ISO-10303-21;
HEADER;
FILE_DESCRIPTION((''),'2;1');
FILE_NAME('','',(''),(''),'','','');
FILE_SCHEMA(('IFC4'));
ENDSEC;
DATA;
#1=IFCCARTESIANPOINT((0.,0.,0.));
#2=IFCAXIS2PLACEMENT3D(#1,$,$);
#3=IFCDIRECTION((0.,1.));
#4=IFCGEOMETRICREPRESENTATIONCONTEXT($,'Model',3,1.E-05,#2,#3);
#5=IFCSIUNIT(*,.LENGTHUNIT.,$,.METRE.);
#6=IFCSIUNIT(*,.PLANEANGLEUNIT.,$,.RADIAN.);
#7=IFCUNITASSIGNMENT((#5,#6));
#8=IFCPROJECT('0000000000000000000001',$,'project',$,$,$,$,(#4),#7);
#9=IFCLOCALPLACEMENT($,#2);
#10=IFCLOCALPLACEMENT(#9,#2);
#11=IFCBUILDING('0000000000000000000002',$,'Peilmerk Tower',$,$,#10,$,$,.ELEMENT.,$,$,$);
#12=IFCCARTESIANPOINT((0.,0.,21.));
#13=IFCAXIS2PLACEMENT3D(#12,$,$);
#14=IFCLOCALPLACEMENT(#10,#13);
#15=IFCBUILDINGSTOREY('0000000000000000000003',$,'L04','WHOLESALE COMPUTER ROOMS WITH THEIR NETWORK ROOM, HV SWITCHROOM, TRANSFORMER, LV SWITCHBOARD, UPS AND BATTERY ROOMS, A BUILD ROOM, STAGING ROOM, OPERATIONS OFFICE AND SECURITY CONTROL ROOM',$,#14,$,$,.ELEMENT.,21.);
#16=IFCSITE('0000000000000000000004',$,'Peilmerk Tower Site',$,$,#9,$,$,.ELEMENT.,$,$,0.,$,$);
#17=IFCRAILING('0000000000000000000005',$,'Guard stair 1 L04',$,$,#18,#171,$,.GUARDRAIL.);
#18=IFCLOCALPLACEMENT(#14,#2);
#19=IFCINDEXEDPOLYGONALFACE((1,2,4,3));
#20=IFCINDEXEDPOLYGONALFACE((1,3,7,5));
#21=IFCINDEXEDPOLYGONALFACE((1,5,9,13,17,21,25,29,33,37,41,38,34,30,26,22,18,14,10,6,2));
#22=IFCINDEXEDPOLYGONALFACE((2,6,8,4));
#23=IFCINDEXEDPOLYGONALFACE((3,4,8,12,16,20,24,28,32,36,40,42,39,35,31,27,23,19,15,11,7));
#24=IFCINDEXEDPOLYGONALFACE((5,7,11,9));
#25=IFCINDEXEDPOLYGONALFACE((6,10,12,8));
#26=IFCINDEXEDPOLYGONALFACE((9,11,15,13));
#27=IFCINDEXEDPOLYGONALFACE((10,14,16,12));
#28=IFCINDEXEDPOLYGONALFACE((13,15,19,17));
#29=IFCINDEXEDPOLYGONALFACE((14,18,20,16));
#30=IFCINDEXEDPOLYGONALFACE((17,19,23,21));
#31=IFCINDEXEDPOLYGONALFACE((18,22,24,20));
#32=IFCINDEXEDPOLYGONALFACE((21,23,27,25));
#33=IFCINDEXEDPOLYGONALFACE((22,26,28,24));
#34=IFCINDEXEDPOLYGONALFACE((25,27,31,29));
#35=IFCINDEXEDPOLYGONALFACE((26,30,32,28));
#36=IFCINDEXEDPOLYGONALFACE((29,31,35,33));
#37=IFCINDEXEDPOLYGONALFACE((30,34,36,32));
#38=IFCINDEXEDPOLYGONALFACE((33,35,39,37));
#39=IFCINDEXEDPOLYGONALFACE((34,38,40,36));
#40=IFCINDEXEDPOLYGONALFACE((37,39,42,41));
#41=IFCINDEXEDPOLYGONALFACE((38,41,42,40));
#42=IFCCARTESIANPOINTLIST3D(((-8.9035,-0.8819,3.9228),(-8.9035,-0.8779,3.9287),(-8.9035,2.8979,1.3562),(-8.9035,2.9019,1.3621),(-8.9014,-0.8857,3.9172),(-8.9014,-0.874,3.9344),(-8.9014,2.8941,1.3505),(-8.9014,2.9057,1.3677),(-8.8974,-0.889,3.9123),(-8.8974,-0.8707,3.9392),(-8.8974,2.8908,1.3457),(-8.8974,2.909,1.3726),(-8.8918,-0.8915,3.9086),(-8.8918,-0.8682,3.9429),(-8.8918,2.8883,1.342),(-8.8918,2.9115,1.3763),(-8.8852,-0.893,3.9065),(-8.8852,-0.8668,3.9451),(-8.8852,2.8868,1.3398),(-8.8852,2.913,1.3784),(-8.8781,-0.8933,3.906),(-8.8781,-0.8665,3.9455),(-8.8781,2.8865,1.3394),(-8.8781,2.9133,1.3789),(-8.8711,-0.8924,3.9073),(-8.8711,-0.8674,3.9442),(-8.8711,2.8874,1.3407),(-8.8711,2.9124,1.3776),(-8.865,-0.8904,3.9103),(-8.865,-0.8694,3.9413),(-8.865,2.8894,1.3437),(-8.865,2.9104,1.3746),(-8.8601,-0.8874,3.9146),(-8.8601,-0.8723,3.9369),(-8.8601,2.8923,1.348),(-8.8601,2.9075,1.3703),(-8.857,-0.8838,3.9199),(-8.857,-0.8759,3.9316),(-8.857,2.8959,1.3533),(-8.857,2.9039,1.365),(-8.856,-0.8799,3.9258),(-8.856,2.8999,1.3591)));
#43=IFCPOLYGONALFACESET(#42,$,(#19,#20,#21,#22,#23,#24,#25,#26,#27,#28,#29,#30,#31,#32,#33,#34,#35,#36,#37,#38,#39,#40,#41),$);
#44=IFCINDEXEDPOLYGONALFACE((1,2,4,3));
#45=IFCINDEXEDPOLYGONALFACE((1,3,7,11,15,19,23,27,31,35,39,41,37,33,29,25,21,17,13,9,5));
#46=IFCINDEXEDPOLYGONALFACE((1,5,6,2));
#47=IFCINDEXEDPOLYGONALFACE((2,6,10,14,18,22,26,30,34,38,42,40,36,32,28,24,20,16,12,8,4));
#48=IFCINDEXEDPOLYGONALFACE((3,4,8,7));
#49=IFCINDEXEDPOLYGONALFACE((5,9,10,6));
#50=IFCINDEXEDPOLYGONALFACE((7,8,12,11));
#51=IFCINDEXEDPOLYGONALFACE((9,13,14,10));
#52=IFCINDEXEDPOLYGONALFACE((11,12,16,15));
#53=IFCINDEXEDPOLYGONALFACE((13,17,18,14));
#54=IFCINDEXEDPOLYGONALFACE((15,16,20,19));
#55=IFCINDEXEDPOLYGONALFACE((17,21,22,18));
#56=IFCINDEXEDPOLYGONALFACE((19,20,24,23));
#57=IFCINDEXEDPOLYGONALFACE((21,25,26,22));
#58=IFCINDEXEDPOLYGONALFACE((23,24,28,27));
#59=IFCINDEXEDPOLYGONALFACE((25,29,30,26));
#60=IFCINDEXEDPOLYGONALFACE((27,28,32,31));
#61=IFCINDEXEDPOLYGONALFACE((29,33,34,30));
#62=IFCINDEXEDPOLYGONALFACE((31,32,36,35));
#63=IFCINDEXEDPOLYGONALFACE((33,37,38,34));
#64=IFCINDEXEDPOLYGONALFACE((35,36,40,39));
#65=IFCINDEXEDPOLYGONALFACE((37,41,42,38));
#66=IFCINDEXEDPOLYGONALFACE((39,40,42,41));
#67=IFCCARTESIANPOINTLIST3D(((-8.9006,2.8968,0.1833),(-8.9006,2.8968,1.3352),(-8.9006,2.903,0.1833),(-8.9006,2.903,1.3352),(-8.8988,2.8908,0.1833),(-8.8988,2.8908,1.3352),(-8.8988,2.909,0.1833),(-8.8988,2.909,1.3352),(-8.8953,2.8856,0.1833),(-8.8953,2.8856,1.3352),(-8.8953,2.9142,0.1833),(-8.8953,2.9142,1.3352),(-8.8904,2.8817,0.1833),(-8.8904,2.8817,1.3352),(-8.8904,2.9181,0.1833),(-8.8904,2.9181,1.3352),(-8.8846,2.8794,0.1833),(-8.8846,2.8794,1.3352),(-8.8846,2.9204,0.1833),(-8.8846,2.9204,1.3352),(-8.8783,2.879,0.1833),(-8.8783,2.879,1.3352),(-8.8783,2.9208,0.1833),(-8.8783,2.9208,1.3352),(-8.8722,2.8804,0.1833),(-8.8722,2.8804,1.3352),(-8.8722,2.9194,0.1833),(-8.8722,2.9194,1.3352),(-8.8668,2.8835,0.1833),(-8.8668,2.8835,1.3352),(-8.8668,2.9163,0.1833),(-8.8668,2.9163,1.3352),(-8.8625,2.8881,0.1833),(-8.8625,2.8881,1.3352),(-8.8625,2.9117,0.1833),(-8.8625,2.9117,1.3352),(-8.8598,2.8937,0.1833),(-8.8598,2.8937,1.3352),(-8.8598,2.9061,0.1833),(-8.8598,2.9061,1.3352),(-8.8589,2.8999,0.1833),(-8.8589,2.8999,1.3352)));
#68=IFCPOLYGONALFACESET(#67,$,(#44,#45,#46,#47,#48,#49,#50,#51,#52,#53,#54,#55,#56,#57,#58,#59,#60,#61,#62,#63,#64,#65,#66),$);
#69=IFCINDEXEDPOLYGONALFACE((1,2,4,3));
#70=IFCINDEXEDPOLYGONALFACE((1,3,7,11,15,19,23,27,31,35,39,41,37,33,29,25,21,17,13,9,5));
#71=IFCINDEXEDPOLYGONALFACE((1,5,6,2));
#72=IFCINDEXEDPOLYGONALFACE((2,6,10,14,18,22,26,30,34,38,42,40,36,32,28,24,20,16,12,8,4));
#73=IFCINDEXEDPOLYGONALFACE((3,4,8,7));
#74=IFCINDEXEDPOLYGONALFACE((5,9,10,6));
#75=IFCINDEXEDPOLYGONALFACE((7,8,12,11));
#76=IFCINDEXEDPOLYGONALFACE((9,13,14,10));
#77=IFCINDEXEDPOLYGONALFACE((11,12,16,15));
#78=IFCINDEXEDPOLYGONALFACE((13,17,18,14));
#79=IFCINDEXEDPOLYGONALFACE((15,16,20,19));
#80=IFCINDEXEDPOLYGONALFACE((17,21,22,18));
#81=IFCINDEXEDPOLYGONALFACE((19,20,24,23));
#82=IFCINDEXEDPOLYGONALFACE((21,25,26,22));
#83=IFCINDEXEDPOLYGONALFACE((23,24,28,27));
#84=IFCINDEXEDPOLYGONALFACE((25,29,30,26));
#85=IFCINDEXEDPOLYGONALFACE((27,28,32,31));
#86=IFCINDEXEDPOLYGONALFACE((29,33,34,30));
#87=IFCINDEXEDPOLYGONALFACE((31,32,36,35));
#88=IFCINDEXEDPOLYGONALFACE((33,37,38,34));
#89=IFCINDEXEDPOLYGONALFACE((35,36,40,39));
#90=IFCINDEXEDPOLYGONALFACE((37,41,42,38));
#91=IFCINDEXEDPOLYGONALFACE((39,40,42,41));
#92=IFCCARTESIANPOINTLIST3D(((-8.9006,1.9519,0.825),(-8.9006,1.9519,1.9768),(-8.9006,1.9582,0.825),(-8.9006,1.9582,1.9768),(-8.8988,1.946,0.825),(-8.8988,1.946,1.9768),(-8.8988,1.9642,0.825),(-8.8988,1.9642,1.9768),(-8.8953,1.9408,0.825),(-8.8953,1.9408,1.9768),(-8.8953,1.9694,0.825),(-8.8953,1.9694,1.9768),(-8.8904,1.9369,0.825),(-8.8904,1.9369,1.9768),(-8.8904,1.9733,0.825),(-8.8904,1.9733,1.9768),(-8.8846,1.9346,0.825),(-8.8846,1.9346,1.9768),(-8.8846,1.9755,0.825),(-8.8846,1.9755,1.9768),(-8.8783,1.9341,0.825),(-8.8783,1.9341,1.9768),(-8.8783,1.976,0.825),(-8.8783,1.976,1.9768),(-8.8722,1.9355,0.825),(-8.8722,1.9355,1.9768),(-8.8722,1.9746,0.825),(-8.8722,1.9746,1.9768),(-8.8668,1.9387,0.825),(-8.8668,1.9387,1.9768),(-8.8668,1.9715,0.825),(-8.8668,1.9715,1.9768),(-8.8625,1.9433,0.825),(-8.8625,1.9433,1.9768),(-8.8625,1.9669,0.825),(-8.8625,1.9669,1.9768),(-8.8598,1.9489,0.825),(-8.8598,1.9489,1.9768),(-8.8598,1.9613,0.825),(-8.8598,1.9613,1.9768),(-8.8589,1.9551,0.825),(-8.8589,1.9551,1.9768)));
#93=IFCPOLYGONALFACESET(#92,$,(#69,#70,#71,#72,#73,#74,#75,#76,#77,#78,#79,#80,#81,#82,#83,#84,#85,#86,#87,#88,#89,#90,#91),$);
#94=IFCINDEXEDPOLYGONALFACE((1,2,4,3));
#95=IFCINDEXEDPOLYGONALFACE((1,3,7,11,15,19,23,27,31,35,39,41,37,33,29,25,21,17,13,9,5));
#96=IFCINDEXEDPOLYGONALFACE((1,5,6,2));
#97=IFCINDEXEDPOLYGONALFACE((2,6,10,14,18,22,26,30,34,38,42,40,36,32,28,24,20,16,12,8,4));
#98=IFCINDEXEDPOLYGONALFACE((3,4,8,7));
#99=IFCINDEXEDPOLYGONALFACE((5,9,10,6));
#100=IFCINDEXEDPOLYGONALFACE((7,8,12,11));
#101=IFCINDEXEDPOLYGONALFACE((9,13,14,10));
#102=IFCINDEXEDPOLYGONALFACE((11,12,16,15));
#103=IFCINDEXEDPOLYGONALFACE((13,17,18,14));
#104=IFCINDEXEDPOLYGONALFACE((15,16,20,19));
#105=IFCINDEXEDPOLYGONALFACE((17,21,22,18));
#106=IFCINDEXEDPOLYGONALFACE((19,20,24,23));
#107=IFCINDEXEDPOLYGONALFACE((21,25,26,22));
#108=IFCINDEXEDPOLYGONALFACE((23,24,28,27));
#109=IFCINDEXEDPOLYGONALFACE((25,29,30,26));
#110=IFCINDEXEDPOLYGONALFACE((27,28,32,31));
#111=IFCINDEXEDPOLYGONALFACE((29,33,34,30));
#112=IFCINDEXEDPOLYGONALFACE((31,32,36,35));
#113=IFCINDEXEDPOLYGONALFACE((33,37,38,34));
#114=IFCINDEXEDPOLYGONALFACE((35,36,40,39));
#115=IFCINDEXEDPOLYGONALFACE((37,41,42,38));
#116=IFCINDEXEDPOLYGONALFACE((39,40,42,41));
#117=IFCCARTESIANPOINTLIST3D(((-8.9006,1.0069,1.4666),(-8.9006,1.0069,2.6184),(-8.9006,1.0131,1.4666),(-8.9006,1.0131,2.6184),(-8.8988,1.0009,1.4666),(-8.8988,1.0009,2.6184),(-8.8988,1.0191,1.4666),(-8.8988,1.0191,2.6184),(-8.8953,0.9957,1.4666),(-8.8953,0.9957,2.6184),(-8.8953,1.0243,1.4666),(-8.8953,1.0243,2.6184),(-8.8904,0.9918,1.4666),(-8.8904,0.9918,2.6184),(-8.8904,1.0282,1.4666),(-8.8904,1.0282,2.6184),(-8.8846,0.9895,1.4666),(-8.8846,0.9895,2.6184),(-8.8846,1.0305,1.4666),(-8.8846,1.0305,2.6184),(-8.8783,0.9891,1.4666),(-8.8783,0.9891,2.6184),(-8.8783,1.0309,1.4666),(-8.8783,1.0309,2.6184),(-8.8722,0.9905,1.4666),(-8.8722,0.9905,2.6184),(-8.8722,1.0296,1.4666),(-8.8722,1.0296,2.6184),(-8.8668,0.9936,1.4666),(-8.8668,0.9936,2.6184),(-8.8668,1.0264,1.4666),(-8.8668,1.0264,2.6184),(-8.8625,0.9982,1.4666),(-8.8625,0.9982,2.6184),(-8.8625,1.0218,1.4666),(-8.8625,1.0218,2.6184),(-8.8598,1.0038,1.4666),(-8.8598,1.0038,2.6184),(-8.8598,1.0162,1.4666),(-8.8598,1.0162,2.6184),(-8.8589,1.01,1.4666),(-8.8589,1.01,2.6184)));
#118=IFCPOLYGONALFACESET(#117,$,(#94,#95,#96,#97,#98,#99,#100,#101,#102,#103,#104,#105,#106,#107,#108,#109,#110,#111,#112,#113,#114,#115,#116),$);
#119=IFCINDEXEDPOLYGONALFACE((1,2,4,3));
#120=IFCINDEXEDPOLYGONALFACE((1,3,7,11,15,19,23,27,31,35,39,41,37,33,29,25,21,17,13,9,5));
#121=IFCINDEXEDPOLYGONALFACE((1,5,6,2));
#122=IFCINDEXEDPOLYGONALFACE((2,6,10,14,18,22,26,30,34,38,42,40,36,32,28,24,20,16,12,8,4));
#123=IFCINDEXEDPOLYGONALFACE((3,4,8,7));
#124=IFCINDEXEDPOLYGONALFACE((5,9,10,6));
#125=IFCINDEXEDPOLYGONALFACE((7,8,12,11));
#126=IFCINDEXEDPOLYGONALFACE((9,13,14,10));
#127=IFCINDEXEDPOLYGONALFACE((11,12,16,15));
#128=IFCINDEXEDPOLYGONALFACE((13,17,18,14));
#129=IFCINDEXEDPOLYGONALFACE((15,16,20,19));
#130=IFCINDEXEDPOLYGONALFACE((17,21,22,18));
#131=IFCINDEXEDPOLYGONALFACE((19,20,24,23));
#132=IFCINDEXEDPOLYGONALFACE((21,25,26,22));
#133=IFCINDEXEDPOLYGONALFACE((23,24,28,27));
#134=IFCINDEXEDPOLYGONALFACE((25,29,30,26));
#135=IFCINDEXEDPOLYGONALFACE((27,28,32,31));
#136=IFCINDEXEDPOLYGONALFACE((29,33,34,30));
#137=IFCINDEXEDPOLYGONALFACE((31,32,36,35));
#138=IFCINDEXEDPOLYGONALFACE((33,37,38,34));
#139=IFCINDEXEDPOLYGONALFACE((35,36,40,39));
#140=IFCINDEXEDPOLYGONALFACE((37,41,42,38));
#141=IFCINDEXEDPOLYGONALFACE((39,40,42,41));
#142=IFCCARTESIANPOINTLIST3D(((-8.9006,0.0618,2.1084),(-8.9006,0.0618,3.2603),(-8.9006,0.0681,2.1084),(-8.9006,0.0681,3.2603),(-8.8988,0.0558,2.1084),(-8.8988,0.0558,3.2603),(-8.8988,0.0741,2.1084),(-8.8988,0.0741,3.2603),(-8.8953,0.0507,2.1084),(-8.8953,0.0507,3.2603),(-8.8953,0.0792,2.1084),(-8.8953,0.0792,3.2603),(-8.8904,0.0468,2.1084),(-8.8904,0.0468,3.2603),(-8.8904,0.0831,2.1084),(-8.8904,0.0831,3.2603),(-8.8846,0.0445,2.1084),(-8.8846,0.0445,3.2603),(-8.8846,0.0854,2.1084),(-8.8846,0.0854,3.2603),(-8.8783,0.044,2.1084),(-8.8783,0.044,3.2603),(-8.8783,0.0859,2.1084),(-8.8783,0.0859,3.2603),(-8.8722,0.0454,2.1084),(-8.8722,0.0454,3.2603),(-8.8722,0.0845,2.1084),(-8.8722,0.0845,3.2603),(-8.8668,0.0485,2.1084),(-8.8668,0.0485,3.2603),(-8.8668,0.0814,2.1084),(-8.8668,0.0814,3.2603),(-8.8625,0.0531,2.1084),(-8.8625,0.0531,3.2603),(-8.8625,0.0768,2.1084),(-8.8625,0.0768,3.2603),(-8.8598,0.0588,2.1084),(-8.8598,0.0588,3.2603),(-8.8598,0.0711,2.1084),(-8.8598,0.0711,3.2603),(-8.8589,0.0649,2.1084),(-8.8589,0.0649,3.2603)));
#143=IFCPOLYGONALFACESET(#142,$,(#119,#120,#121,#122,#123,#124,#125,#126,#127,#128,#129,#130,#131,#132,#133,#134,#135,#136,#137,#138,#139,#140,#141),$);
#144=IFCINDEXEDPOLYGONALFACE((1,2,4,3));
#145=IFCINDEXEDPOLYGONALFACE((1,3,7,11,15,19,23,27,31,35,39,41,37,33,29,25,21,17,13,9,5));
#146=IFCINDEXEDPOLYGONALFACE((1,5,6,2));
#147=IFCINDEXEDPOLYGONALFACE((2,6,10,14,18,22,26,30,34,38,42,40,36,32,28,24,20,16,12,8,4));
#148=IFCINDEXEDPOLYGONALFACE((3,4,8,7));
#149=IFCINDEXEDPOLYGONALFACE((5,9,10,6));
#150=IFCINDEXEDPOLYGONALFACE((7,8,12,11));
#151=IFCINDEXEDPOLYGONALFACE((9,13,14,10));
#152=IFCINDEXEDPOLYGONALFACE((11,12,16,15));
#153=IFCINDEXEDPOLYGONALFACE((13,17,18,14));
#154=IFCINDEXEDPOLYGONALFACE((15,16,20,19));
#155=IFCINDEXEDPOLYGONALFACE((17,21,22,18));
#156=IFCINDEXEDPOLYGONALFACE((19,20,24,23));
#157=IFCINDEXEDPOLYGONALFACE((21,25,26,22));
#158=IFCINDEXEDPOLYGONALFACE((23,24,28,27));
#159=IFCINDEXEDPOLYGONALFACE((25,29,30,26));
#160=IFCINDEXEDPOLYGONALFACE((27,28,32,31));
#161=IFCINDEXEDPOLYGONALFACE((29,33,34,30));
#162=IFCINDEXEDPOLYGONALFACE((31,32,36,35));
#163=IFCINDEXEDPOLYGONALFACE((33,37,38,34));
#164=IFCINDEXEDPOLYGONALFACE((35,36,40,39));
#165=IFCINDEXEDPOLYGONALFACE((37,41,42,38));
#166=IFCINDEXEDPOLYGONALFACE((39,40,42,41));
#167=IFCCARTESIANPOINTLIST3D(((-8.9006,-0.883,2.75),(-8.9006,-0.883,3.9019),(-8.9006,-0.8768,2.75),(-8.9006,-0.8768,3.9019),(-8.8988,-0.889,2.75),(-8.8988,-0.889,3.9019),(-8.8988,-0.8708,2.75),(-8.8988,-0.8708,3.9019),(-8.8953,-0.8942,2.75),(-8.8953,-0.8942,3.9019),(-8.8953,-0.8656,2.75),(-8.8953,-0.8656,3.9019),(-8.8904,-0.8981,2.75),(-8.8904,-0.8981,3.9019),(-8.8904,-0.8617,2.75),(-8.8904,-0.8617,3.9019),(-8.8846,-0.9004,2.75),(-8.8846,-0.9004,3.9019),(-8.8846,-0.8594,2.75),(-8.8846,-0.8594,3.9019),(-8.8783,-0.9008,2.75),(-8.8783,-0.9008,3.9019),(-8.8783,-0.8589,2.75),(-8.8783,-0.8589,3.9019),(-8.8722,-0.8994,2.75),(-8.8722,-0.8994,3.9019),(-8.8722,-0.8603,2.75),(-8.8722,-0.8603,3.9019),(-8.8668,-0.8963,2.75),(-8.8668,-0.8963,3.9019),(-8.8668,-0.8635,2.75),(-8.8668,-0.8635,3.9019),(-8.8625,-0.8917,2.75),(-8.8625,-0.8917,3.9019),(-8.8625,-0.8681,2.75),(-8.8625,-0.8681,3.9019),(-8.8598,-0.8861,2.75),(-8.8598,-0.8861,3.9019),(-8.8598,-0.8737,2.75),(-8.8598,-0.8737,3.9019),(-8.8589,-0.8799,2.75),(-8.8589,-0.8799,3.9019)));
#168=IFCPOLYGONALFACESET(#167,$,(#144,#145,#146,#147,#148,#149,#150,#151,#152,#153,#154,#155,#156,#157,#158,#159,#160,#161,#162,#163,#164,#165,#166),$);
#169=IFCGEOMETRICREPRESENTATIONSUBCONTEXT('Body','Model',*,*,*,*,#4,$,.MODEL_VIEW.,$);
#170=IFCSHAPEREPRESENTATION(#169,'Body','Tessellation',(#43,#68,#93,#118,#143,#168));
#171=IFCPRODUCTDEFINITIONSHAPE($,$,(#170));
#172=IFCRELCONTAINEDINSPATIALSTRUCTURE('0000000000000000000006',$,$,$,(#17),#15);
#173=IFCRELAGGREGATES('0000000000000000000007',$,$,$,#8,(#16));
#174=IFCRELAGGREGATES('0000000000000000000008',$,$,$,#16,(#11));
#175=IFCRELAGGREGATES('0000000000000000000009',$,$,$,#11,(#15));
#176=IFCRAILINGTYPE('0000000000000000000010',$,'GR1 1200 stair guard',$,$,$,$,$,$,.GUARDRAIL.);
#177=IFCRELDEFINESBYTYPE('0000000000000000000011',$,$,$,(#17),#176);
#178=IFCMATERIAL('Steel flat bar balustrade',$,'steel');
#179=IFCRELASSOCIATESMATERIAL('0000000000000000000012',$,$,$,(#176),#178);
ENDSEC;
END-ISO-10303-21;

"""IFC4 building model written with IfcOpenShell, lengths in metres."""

from ifc_helpers import new_model, si_unit, direction, frame, origin, origin_2d, place, context, subcontext, project, spatial, circle, extrude, material, type_object, element, save


model = new_model("IFC4")

# Units and contexts
model_context = context("Model", 3, precision=1e-05, world=origin(), true_north=direction((0.0, 1.0)))
body_context = subcontext(model_context, "Body", "Model", "MODEL_VIEW")
ifc_project = project(units=[si_unit("LENGTHUNIT", "METRE"), si_unit("PLANEANGLEUNIT", "RADIAN")], contexts=[model_context])

# Site, building, storey
site_placement = place(None, origin())
site = spatial("IfcSite", under=ifc_project, at=site_placement, Name="Peilmerk Tower Site", CompositionType="ELEMENT", RefElevation=0.0)
building_placement = place(site_placement, origin())
building = spatial("IfcBuilding", under=site, at=building_placement, Name="Peilmerk Tower", CompositionType="ELEMENT")
storey_placement = place(building_placement, frame((0.0, 0.0, 21.0)))
storey = spatial("IfcBuildingStorey", under=building, at=storey_placement, Name="L04", Description="WHOLESALE COMPUTER ROOMS WITH THEIR NETWORK ROOM, HV SWITCHROOM, TRANSFORMER, LV SWITCHBOARD, UPS AND BATTERY ROOMS, A BUILD ROOM, STAGING ROOM, OPERATIONS OFFICE AND SECURITY CONTROL ROOM", CompositionType="ELEMENT", Elevation=21.0)

# Railing
ifc_material_1 = material(Name="Steel flat bar balustrade", Category="steel")
railing_type_1 = type_object("IfcRailingType", Name="GR1 1200 stair guard", PredefinedType="GUARDRAIL", material=ifc_material_1)
railing_1_placement = place(storey_placement, frame((-8.8799, 2.8999, 0.1833)))
element("IfcRailing", 1, at=railing_1_placement, inside=storey, type_object=railing_type_1, Name="Guard stair 1 L04", PredefinedType="GUARDRAIL", context=body_context, shape_type="SweptSolid", body=[
    extrude(circle(Radius=0.0239, at=origin_2d()), frame((0.0, 0.0, 1.1758), z_axis=(0.0, -0.827293, 0.561771), x_axis=(1.0, 0.0, 0.0)), (0.0, 0.0, 1.0), 4.5688),
    extrude(circle(Radius=0.021, at=origin_2d()), origin(), (0.0, 0.0, 1.0), 1.1519),
    extrude(circle(Radius=0.021, at=origin_2d()), frame((0.0, -0.9448, 0.6416)), (0.0, 0.0, 1.0), 1.1519),
    extrude(circle(Radius=0.021, at=origin_2d()), frame((0.0, -1.8899, 1.2832)), (0.0, 0.0, 1.0), 1.1519),
    extrude(circle(Radius=0.021, at=origin_2d()), frame((0.0, -2.835, 1.925)), (0.0, 0.0, 1.0), 1.1519),
    extrude(circle(Radius=0.021, at=origin_2d()), frame((0.0, -3.7798, 2.5667)), (0.0, 0.0, 1.0), 1.1519),
])

save(model, "model.ifc")
